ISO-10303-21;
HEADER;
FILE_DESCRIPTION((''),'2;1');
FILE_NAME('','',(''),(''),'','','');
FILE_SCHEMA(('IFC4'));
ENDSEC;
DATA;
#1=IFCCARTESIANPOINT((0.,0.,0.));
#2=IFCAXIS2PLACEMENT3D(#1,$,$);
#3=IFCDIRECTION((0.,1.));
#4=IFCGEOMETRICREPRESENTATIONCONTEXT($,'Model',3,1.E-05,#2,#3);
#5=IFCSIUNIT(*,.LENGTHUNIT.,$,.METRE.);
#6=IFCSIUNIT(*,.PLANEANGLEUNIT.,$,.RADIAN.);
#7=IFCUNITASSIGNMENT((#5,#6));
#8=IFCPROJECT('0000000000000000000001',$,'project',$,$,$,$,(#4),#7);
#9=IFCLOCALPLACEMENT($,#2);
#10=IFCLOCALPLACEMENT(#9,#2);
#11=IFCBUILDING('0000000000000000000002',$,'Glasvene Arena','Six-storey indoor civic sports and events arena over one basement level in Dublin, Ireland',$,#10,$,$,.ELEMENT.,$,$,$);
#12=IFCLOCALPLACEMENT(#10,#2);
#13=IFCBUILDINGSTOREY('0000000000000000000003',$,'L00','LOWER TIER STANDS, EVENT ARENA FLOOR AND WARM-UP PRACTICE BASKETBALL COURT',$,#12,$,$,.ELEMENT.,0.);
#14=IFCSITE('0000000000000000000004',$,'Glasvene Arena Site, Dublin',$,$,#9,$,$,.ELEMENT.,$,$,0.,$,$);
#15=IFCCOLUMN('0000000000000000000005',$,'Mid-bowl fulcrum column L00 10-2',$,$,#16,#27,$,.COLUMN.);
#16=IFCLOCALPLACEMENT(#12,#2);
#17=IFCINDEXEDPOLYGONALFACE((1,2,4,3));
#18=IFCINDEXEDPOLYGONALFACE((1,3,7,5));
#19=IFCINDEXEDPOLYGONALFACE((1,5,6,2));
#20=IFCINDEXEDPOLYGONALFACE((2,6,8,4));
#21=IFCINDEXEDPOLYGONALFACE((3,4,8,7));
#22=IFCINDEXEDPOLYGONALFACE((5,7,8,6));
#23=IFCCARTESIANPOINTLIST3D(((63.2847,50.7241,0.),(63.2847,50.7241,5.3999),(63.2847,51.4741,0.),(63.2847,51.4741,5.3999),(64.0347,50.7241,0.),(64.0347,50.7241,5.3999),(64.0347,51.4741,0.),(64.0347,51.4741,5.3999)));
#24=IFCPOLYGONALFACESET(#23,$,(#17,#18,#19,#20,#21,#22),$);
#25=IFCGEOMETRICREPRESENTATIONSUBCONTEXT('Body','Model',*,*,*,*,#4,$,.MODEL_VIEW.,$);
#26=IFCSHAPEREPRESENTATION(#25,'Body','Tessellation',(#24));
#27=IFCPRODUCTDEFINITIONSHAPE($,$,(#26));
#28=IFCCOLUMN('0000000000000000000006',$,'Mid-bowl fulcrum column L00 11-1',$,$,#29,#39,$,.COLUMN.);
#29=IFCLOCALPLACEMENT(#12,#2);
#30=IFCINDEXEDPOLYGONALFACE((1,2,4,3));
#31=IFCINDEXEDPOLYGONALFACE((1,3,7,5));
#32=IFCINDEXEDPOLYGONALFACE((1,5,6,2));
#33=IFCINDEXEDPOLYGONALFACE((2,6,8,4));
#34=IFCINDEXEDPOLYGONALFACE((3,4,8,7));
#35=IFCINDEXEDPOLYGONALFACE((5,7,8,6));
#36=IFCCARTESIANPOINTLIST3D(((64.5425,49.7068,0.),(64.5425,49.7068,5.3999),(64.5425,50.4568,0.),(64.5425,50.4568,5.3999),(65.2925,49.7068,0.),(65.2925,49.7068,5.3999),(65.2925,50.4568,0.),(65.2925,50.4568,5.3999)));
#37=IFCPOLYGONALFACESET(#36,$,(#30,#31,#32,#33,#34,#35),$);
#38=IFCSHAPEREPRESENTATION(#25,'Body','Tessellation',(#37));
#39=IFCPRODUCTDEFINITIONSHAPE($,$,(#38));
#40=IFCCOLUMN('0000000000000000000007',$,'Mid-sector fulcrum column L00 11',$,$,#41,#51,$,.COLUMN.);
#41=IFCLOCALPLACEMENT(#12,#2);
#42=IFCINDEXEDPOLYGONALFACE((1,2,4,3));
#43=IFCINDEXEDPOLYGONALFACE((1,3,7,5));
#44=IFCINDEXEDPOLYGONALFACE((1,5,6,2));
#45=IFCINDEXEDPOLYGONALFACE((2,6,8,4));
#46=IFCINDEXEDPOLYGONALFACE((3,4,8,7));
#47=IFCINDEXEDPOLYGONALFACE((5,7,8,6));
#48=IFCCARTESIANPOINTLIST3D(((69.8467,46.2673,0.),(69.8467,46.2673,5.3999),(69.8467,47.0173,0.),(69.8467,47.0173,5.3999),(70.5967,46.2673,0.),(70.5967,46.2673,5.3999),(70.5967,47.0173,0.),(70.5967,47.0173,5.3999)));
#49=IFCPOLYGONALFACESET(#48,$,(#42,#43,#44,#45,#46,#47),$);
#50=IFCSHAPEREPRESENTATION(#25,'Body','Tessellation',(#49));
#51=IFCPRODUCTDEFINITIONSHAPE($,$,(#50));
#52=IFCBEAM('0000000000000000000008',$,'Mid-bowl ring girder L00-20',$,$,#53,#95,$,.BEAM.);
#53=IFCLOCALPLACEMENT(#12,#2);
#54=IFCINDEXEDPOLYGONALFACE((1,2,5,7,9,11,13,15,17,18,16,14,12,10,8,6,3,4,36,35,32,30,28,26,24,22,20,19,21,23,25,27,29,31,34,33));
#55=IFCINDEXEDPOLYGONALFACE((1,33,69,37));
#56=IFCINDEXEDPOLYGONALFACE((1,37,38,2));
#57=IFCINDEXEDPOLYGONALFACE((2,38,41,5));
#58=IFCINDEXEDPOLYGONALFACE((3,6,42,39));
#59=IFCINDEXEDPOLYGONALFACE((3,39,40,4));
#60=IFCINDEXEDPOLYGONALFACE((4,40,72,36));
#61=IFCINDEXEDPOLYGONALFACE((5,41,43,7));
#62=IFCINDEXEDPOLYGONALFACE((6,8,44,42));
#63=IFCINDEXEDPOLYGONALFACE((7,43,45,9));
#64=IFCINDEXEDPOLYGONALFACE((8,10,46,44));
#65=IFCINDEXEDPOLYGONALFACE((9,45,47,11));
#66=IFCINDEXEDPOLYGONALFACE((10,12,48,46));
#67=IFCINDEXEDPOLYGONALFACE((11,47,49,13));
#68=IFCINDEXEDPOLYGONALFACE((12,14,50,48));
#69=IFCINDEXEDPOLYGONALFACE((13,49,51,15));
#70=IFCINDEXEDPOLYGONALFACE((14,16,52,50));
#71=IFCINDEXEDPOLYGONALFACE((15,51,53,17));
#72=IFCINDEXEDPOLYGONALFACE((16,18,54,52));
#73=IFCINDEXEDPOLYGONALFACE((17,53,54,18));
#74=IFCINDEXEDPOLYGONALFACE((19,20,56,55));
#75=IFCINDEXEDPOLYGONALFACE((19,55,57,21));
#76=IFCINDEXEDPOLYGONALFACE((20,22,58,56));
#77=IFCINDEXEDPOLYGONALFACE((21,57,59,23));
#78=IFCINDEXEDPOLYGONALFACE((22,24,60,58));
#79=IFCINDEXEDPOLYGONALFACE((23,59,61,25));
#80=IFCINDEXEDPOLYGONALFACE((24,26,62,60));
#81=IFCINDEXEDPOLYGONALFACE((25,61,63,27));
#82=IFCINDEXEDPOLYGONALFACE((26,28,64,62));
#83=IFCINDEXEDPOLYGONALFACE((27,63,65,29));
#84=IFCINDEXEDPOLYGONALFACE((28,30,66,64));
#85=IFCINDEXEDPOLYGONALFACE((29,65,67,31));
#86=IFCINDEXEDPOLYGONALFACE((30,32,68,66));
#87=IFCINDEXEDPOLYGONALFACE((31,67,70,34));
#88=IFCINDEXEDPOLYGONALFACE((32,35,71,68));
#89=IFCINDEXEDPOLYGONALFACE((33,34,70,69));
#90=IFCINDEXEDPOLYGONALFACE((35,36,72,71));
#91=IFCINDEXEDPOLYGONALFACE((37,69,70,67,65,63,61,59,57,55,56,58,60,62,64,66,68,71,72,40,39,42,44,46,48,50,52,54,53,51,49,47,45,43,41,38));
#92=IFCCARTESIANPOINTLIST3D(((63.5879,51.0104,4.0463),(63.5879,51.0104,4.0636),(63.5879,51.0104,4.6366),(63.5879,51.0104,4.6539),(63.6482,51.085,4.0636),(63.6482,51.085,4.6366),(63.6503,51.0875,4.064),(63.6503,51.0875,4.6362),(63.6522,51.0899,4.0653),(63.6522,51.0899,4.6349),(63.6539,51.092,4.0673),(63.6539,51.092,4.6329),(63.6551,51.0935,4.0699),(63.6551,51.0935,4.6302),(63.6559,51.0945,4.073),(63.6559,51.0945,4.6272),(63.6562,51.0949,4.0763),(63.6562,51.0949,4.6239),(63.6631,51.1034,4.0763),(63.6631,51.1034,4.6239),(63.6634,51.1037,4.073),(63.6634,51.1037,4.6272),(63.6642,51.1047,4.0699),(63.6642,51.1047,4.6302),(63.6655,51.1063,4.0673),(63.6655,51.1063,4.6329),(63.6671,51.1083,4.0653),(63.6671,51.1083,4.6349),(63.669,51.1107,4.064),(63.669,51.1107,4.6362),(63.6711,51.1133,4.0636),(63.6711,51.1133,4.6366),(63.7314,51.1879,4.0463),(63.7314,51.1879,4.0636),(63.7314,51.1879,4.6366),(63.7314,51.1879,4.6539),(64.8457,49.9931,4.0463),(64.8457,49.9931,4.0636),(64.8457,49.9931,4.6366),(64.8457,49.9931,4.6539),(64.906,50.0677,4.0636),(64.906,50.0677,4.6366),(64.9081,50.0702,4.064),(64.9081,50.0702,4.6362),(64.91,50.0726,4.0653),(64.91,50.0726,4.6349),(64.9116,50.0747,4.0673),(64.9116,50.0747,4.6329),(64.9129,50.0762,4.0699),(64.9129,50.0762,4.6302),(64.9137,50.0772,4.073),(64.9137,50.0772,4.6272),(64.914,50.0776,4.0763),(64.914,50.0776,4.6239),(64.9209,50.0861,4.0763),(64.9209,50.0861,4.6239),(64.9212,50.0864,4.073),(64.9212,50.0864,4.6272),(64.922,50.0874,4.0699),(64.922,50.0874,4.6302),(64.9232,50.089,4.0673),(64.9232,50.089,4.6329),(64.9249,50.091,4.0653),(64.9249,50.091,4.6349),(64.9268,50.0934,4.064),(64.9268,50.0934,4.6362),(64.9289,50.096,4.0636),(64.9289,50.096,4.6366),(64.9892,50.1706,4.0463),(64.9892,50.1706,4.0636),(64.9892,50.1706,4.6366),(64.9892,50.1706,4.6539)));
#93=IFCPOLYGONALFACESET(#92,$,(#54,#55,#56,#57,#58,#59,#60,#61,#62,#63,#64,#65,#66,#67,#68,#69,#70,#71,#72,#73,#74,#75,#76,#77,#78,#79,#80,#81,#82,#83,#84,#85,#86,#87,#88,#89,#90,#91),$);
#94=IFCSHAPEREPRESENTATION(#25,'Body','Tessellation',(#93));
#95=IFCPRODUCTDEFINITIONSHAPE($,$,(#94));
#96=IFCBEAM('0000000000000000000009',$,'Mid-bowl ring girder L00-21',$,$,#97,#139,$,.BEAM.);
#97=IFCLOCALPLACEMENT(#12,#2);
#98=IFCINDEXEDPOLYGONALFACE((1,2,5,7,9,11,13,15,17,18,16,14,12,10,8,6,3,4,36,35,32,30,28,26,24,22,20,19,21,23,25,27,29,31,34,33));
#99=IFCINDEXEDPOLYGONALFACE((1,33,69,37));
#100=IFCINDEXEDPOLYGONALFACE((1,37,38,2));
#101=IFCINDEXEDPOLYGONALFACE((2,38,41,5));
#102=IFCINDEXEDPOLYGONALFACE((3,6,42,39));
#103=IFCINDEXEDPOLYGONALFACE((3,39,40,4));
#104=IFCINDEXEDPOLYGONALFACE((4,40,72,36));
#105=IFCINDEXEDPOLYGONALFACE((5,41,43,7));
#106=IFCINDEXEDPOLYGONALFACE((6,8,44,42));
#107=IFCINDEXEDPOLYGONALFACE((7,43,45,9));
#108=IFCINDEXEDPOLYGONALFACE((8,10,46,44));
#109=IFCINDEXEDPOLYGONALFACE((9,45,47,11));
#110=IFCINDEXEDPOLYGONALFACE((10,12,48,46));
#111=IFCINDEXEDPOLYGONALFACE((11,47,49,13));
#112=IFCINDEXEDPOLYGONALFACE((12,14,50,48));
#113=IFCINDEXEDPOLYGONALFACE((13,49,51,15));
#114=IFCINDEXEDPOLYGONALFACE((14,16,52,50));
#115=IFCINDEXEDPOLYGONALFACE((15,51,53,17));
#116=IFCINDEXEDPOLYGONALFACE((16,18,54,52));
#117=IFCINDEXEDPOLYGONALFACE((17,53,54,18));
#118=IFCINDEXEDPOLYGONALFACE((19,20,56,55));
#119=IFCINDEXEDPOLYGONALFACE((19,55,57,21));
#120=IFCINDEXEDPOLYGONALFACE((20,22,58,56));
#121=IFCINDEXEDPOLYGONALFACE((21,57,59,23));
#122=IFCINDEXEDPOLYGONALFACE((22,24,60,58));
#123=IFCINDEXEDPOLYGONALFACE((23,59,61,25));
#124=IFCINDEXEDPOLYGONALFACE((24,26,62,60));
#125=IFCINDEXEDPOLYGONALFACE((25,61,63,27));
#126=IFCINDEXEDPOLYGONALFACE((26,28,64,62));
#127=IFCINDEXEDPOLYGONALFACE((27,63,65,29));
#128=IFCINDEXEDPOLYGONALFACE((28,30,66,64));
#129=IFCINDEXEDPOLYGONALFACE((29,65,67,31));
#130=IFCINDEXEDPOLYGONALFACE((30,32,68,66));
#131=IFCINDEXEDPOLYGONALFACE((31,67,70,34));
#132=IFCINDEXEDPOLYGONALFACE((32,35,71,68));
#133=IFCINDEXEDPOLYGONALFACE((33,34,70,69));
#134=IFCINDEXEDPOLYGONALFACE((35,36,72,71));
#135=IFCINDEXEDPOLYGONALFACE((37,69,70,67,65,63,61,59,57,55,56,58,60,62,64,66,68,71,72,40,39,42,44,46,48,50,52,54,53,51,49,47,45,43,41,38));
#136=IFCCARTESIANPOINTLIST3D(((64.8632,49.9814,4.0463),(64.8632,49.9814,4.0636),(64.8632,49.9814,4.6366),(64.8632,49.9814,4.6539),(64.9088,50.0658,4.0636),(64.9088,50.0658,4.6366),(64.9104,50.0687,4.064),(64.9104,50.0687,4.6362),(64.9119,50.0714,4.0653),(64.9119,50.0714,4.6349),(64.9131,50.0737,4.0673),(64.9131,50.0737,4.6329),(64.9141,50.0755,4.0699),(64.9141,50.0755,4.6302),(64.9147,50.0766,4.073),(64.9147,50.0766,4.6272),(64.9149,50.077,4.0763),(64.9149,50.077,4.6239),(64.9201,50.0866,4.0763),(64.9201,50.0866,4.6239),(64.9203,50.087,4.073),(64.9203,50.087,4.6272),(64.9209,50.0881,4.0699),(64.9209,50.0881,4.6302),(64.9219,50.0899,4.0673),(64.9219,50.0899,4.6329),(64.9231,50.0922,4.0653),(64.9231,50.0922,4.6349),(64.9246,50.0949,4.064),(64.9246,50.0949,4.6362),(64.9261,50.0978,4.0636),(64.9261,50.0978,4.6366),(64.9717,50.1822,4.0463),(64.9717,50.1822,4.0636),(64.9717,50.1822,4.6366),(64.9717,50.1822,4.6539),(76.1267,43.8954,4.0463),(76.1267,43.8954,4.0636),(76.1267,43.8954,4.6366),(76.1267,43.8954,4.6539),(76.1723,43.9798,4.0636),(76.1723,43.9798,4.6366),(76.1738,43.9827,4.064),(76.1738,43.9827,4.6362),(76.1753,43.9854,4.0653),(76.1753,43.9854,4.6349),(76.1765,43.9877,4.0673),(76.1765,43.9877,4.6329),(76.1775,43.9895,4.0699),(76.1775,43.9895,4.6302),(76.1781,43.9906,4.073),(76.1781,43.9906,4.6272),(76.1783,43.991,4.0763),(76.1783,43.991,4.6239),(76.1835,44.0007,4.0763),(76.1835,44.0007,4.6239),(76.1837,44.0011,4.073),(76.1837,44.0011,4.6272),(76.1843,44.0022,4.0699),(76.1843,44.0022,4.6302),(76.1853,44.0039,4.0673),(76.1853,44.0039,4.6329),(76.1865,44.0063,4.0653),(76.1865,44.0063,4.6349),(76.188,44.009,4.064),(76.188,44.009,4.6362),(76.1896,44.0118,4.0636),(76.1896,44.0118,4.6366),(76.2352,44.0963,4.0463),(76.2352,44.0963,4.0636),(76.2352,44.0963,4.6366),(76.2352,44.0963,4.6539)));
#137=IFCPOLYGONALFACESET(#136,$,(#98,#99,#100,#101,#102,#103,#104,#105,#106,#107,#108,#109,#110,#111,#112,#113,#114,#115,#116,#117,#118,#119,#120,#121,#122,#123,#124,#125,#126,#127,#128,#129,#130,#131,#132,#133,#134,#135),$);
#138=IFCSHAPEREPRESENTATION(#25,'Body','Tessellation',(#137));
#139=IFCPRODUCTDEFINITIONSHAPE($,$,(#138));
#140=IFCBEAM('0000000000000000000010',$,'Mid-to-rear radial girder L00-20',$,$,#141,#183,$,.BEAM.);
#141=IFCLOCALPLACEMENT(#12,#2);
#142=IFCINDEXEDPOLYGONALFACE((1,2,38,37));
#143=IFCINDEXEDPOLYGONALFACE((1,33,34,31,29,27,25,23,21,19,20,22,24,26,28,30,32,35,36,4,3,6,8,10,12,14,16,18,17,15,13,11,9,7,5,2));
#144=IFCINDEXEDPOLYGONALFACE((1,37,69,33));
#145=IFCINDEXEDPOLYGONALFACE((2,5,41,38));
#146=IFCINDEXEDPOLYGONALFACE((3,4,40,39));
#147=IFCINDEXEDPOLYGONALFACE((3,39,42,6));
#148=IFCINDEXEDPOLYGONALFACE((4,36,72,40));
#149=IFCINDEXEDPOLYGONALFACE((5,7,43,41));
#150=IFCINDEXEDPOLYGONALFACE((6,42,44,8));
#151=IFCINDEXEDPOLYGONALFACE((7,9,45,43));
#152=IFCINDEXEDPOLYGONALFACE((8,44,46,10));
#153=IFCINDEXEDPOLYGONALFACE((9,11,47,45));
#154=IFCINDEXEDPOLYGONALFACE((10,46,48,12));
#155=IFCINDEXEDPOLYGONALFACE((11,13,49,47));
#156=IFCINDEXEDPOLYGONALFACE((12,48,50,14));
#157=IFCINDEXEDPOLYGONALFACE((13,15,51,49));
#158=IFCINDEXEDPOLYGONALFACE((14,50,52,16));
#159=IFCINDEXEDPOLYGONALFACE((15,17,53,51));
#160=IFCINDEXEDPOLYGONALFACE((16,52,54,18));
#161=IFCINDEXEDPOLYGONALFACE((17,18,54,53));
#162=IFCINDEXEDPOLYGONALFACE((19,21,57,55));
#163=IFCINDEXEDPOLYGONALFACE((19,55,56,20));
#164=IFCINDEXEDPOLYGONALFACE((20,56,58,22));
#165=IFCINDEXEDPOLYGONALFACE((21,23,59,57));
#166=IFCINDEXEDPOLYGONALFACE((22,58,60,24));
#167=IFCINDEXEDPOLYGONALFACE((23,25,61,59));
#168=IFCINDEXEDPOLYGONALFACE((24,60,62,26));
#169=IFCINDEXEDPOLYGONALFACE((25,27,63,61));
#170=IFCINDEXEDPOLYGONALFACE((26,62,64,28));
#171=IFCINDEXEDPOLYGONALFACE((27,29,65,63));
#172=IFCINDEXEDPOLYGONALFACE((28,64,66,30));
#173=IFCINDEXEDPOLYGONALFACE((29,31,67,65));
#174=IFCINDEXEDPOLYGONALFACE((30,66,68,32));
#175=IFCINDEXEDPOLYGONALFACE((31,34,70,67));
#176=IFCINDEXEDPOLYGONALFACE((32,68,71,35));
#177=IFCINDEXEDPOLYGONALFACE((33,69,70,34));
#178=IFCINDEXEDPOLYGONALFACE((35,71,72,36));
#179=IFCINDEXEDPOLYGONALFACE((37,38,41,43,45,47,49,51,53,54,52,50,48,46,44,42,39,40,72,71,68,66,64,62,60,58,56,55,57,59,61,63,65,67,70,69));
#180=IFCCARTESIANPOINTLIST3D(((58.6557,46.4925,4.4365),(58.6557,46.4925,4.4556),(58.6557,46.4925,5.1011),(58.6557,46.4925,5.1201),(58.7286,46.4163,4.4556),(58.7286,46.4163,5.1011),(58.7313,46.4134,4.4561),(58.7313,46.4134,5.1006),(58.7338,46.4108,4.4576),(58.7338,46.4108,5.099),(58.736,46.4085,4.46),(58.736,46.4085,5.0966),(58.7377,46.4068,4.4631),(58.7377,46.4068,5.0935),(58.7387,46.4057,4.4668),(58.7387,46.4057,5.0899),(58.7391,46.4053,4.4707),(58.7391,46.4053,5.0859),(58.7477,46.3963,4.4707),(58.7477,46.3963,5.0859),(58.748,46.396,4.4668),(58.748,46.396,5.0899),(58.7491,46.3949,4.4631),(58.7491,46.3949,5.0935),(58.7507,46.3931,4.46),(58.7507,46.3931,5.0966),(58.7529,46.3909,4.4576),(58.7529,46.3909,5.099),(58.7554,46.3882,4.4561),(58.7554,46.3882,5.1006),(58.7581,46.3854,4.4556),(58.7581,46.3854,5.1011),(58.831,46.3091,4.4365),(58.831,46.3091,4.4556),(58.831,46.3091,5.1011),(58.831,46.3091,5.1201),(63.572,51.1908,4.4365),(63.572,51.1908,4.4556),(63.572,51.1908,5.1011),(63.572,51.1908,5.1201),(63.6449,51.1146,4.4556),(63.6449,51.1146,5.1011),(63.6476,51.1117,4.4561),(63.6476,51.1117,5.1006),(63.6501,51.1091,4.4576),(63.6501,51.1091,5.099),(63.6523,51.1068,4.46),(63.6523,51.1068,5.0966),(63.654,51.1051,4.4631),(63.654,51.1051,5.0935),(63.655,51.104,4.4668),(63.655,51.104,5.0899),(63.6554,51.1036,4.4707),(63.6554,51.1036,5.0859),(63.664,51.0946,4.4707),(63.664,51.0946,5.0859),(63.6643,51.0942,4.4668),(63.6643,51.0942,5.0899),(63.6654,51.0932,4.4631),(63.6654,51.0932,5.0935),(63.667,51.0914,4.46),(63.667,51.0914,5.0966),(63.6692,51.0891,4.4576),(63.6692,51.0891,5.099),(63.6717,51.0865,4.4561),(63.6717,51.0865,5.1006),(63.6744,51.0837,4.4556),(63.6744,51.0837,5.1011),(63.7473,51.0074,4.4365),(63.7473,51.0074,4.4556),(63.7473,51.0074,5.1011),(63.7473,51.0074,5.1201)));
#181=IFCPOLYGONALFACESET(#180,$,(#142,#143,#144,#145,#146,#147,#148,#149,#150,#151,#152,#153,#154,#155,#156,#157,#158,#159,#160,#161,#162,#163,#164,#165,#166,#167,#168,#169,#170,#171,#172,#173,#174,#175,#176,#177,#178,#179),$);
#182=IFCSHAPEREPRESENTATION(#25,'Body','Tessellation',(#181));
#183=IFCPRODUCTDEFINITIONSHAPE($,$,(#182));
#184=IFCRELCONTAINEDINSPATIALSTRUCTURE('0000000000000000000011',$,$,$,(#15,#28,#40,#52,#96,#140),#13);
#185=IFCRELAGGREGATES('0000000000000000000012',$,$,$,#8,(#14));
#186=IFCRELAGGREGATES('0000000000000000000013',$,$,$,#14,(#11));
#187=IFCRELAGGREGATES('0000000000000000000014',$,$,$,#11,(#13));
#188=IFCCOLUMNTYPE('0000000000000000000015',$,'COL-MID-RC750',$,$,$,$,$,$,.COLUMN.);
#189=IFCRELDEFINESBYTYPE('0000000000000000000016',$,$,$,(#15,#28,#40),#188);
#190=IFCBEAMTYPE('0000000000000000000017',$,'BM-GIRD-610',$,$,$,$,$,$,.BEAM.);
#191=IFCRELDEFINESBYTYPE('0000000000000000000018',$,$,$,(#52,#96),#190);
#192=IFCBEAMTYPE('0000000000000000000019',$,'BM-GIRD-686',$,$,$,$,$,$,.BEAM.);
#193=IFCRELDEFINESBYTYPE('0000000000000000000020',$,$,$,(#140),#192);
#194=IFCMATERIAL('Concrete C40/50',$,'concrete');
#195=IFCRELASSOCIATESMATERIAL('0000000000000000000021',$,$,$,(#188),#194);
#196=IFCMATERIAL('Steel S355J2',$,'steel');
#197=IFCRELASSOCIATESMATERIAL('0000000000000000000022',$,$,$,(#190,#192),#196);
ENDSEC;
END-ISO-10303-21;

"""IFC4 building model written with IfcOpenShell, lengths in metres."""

from ifc_helpers import new_model, si_unit, direction, frame, origin, origin_2d, place, context, subcontext, project, spatial, rectangle, i_section, extrude, material, material_profile, profile_set, type_object, element, save


model = new_model("IFC4")

# Units and contexts
model_context = context("Model", 3, precision=1e-05, world=origin(), true_north=direction((0.0, 1.0)))
body_context = subcontext(model_context, "Body", "Model", "MODEL_VIEW")
ifc_project = project(units=[si_unit("LENGTHUNIT", "METRE"), si_unit("PLANEANGLEUNIT", "RADIAN")], contexts=[model_context])

# Site, building, storey
site_placement = place(None, origin())
site = spatial("IfcSite", under=ifc_project, at=site_placement, Name="Glasvene Arena Site, Dublin", CompositionType="ELEMENT", RefElevation=0.0)
building_placement = place(site_placement, origin())
building = spatial("IfcBuilding", under=site, at=building_placement, Name="Glasvene Arena", Description="Six-storey indoor civic sports and events arena over one basement level in Dublin, Ireland", CompositionType="ELEMENT")
storey_placement = place(building_placement, origin())
storey = spatial("IfcBuildingStorey", under=building, at=storey_placement, Name="L00", Description="LOWER TIER STANDS, EVENT ARENA FLOOR AND WARM-UP PRACTICE BASKETBALL COURT", CompositionType="ELEMENT", Elevation=0.0)

# Columns
ifc_material_1 = material(Name="Concrete C40/50", Category="concrete")
ifc_material_profile_1 = material_profile(ifc_material_1, rectangle(XDim=0.75, YDim=0.75, at=origin_2d()), Name="RC 750x750")
ifc_profile_set_1 = profile_set([ifc_material_profile_1], Name="Concrete C40/50")
column_type = type_object("IfcColumnType", Name="COL-MID-RC750", PredefinedType="COLUMN", material=ifc_profile_set_1)
for number, where, z_axis, x_axis, name in (
    (1, (63.6597, 51.0991, 0.0), (0.0, 0.0, 1.0), (1.0, 0.0, 0.0), "Mid-bowl fulcrum column L00 10-2"),
    (2, (64.9175, 50.0818, 0.0), (0.0, 0.0, 1.0), (1.0, 0.0, 0.0), "Mid-bowl fulcrum column L00 11-1"),
    (3, (70.2217, 46.6423, 0.0), (0.0, 0.0, 1.0), (1.0, 0.0, 0.0), "Mid-sector fulcrum column L00 11"),
):
    element("IfcColumn", number, at=place(storey_placement, frame(where, z_axis=z_axis, x_axis=x_axis)), inside=storey, type_object=column_type, Name=name, PredefinedType="COLUMN", context=body_context, shape_type="SweptSolid", body=[
        extrude(rectangle(XDim=0.75, YDim=0.75, at=origin_2d()), origin(), (0.0, 0.0, 1.0), 5.3999),
    ])

# Beams
ifc_material_2 = material(Name="Steel S355J2", Category="steel")
ifc_material_profile_2 = material_profile(ifc_material_2, i_section(OverallWidth=0.2283, OverallDepth=0.6077, WebThickness=0.011, FlangeThickness=0.0173, FilletRadius=0.0127, at=origin_2d()), Name="UKB 610x229x113")
ifc_profile_set_2 = profile_set([ifc_material_profile_2], Name="Steel S355J2")
beam_type_1 = type_object("IfcBeamType", Name="BM-GIRD-610", PredefinedType="BEAM", material=ifc_profile_set_2)
beam_1_placement = place(storey_placement, frame((63.6597, 51.0991, 4.3501), z_axis=(0.777515, -0.628864, 0.0), x_axis=(0.628864, 0.777515, 0.0)))
element("IfcBeam", 4, at=beam_1_placement, inside=storey, type_object=beam_type_1, Name="Mid-bowl ring girder L00-20", PredefinedType="BEAM", context=body_context, shape_type="SweptSolid", body=[
    extrude(i_section(OverallWidth=0.2283, OverallDepth=0.6077, WebThickness=0.011, FlangeThickness=0.0173, FilletRadius=0.0127, at=origin_2d()), origin(), (0.0, 0.0, 1.0), 1.6177),
])
beam_2_placement = place(storey_placement, frame((64.9175, 50.0818, 4.3501), z_axis=(0.879785, -0.475372, 0.0), x_axis=(0.475372, 0.879785, 0.0)))
element("IfcBeam", 5, at=beam_2_placement, inside=storey, type_object=beam_type_1, Name="Mid-bowl ring girder L00-21", PredefinedType="BEAM", context=body_context, shape_type="SweptSolid", body=[
    extrude(i_section(OverallWidth=0.2283, OverallDepth=0.6077, WebThickness=0.011, FlangeThickness=0.0173, FilletRadius=0.0127, at=origin_2d()), origin(), (0.0, 0.0, 1.0), 12.8025),
])
ifc_material_profile_3 = material_profile(ifc_material_2, i_section(OverallWidth=0.2537, OverallDepth=0.6836, WebThickness=0.0125, FlangeThickness=0.019, FilletRadius=0.0151, at=origin_2d()), Name="UKB 686x254x140")
ifc_profile_set_3 = profile_set([ifc_material_profile_3], Name="Steel S355J2")
beam_type_2 = type_object("IfcBeamType", Name="BM-GIRD-686", PredefinedType="BEAM", material=ifc_profile_set_3)
beam_3_placement = place(storey_placement, frame((63.6597, 51.0991, 4.7783), z_axis=(-0.722955, -0.690895, 0.0), x_axis=(0.690895, -0.722955, 0.0)))
element("IfcBeam", 6, at=beam_3_placement, inside=storey, type_object=beam_type_2, Name="Mid-to-rear radial girder L00-20", PredefinedType="BEAM", context=body_context, shape_type="SweptSolid", body=[
    extrude(i_section(OverallWidth=0.2537, OverallDepth=0.6836, WebThickness=0.0125, FlangeThickness=0.019, FilletRadius=0.0151, at=origin_2d()), origin(), (0.0, 0.0, 1.0), 6.8003),
])

save(model, "model.ifc")
